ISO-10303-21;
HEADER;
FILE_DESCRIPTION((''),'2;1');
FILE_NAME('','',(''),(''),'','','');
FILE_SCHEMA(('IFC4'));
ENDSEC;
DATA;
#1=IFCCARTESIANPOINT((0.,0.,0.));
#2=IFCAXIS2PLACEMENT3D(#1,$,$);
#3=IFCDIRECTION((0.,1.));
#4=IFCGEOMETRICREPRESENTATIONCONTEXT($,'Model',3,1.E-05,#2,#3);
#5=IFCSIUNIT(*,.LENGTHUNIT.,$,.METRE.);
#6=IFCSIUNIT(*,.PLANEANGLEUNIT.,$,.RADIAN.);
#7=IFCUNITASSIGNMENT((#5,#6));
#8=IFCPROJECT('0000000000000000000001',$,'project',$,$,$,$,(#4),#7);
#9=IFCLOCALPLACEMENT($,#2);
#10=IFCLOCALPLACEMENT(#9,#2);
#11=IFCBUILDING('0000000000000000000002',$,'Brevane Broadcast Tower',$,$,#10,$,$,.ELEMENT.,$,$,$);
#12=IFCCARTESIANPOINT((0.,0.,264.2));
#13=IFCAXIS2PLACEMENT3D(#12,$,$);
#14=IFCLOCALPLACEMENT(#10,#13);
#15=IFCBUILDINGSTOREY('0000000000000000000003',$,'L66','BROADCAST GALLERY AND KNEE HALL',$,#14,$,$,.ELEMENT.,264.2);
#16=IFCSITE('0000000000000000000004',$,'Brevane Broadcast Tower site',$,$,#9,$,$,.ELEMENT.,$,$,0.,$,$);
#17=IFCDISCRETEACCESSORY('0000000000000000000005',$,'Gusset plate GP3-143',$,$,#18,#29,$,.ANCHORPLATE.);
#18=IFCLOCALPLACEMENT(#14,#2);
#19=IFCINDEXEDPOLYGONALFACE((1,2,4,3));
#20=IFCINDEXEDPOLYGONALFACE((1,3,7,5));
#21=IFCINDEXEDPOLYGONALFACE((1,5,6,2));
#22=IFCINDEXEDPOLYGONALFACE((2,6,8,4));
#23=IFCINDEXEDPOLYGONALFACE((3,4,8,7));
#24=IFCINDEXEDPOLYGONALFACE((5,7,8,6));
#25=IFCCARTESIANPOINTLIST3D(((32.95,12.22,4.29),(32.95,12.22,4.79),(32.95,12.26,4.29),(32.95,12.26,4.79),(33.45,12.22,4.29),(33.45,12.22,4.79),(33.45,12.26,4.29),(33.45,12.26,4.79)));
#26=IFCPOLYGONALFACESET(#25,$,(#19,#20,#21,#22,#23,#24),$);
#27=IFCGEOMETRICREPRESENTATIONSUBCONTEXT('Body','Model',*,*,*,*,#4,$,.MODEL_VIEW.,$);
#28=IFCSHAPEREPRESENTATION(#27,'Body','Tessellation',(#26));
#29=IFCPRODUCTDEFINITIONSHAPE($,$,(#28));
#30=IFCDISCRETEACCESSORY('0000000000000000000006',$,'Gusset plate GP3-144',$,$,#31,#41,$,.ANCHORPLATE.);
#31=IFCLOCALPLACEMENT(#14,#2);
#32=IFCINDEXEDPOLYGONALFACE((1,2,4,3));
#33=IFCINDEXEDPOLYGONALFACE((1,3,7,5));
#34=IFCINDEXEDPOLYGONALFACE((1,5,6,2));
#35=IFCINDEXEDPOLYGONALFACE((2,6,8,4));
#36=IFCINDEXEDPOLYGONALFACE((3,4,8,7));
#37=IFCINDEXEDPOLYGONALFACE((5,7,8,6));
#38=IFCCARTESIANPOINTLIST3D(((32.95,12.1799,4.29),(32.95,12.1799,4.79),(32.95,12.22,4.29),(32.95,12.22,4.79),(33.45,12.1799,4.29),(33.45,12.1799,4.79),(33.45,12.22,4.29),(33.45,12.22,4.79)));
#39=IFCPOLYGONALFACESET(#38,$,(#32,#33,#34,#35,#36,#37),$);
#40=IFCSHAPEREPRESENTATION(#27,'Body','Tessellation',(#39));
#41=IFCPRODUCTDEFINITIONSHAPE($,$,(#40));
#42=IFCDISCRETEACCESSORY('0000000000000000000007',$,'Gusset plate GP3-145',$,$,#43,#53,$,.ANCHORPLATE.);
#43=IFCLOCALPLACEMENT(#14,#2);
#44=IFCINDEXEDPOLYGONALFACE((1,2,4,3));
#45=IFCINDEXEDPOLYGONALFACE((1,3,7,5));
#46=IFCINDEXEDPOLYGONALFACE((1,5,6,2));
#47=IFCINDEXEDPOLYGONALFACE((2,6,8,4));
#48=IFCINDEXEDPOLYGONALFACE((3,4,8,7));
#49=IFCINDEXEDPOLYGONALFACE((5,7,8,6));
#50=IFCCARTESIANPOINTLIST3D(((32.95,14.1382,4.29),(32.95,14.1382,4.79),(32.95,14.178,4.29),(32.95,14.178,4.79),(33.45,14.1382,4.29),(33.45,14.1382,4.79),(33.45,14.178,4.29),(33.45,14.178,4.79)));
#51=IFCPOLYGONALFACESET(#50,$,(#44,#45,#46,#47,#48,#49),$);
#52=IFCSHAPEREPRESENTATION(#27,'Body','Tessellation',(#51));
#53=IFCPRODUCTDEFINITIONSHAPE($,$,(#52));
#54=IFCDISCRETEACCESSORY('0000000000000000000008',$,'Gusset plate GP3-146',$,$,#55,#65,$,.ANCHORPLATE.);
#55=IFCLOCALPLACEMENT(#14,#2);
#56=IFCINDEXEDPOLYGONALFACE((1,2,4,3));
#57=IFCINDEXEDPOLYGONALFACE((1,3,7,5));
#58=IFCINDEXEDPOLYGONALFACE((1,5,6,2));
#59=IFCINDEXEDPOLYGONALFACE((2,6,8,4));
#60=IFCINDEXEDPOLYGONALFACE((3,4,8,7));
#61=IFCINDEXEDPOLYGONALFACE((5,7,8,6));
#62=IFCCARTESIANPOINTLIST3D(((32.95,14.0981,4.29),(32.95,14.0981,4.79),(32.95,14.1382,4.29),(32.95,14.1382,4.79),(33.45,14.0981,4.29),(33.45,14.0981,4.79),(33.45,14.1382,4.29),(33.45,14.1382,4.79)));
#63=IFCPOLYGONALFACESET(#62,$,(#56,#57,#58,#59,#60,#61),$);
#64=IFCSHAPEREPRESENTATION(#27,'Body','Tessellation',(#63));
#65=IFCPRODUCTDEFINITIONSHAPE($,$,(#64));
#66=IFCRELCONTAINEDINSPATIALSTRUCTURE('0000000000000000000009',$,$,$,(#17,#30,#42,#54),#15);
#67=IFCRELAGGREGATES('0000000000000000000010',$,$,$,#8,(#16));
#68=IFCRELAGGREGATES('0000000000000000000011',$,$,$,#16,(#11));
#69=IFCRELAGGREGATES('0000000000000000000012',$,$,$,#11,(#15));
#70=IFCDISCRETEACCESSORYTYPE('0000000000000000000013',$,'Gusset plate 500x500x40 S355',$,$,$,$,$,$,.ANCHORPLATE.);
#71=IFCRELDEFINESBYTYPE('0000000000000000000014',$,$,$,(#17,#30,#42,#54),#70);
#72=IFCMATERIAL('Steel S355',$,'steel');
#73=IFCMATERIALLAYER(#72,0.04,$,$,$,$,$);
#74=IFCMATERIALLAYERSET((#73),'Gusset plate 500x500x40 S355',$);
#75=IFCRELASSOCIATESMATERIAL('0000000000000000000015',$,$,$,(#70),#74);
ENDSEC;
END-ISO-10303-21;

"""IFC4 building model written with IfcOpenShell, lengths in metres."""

from ifc_helpers import new_model, si_unit, direction, frame, origin, origin_2d, place, context, subcontext, project, spatial, rectangle, extrude, material, layer, layer_set, type_object, element, save


model = new_model("IFC4")

# Units and contexts
model_context = context("Model", 3, precision=1e-05, world=origin(), true_north=direction((0.0, 1.0)))
body_context = subcontext(model_context, "Body", "Model", "MODEL_VIEW")
ifc_project = project(units=[si_unit("LENGTHUNIT", "METRE"), si_unit("PLANEANGLEUNIT", "RADIAN")], contexts=[model_context])

# Site, building, storey
site_placement = place(None, origin())
site = spatial("IfcSite", under=ifc_project, at=site_placement, Name="Brevane Broadcast Tower site", CompositionType="ELEMENT", RefElevation=0.0)
building_placement = place(site_placement, origin())
building = spatial("IfcBuilding", under=site, at=building_placement, Name="Brevane Broadcast Tower", CompositionType="ELEMENT")
storey_placement = place(building_placement, frame((0.0, 0.0, 264.2)))
storey = spatial("IfcBuildingStorey", under=building, at=storey_placement, Name="L66", Description="BROADCAST GALLERY AND KNEE HALL", CompositionType="ELEMENT", Elevation=264.2)

# Shared definitions
ifc_material = material(Name="Steel S355", Category="steel")

# Discrete accessories
ifc_layer_1 = layer(ifc_material, 0.04)
ifc_layer_set_1 = layer_set([ifc_layer_1], Name="Gusset plate 500x500x40 S355")
discrete_accessory_type_1 = type_object("IfcDiscreteAccessoryType", Name="Gusset plate 500x500x40 S355", PredefinedType="ANCHORPLATE", material=ifc_layer_set_1)
for number, where, z_axis, x_axis, name in (
    (1, (33.2, 12.22, 4.54), (0.0, 1.0, 0.0), (-1.0, 0.0, 0.0), "Gusset plate GP3-143"),
    (2, (33.2, 12.1799, 4.54), (0.0, 1.0, 0.0), (-1.0, 0.0, 0.0), "Gusset plate GP3-144"),
):
    element("IfcDiscreteAccessory", number, at=place(storey_placement, frame(where, z_axis=z_axis, x_axis=x_axis)), inside=storey, type_object=discrete_accessory_type_1, Name=name, PredefinedType="ANCHORPLATE", context=body_context, shape_type="SweptSolid", body=[
        extrude(rectangle(XDim=0.5, YDim=0.5, at=origin_2d()), origin(), (0.0, 0.0, 1.0), 0.04),
    ])
discrete_accessory_1_placement = place(storey_placement, frame((33.2, 14.1382, 4.54), z_axis=(0.0, 1.0, 0.0), x_axis=(-1.0, 0.0, 0.0)))
element("IfcDiscreteAccessory", 3, at=discrete_accessory_1_placement, inside=storey, type_object=discrete_accessory_type_1, Name="Gusset plate GP3-145", PredefinedType="ANCHORPLATE", context=body_context, shape_type="SweptSolid", body=[
    extrude(rectangle(XDim=0.5, YDim=0.5, at=origin_2d()), origin(), (0.0, 0.0, 1.0), 0.0398),
])
discrete_accessory_2_placement = place(storey_placement, frame((33.2, 14.0981, 4.54), z_axis=(0.0, 1.0, 0.0), x_axis=(-1.0, 0.0, 0.0)))
element("IfcDiscreteAccessory", 4, at=discrete_accessory_2_placement, inside=storey, type_object=discrete_accessory_type_1, Name="Gusset plate GP3-146", PredefinedType="ANCHORPLATE", context=body_context, shape_type="SweptSolid", body=[
    extrude(rectangle(XDim=0.5, YDim=0.5, at=origin_2d()), origin(), (0.0, 0.0, 1.0), 0.04),
])

save(model, "model.ifc")
